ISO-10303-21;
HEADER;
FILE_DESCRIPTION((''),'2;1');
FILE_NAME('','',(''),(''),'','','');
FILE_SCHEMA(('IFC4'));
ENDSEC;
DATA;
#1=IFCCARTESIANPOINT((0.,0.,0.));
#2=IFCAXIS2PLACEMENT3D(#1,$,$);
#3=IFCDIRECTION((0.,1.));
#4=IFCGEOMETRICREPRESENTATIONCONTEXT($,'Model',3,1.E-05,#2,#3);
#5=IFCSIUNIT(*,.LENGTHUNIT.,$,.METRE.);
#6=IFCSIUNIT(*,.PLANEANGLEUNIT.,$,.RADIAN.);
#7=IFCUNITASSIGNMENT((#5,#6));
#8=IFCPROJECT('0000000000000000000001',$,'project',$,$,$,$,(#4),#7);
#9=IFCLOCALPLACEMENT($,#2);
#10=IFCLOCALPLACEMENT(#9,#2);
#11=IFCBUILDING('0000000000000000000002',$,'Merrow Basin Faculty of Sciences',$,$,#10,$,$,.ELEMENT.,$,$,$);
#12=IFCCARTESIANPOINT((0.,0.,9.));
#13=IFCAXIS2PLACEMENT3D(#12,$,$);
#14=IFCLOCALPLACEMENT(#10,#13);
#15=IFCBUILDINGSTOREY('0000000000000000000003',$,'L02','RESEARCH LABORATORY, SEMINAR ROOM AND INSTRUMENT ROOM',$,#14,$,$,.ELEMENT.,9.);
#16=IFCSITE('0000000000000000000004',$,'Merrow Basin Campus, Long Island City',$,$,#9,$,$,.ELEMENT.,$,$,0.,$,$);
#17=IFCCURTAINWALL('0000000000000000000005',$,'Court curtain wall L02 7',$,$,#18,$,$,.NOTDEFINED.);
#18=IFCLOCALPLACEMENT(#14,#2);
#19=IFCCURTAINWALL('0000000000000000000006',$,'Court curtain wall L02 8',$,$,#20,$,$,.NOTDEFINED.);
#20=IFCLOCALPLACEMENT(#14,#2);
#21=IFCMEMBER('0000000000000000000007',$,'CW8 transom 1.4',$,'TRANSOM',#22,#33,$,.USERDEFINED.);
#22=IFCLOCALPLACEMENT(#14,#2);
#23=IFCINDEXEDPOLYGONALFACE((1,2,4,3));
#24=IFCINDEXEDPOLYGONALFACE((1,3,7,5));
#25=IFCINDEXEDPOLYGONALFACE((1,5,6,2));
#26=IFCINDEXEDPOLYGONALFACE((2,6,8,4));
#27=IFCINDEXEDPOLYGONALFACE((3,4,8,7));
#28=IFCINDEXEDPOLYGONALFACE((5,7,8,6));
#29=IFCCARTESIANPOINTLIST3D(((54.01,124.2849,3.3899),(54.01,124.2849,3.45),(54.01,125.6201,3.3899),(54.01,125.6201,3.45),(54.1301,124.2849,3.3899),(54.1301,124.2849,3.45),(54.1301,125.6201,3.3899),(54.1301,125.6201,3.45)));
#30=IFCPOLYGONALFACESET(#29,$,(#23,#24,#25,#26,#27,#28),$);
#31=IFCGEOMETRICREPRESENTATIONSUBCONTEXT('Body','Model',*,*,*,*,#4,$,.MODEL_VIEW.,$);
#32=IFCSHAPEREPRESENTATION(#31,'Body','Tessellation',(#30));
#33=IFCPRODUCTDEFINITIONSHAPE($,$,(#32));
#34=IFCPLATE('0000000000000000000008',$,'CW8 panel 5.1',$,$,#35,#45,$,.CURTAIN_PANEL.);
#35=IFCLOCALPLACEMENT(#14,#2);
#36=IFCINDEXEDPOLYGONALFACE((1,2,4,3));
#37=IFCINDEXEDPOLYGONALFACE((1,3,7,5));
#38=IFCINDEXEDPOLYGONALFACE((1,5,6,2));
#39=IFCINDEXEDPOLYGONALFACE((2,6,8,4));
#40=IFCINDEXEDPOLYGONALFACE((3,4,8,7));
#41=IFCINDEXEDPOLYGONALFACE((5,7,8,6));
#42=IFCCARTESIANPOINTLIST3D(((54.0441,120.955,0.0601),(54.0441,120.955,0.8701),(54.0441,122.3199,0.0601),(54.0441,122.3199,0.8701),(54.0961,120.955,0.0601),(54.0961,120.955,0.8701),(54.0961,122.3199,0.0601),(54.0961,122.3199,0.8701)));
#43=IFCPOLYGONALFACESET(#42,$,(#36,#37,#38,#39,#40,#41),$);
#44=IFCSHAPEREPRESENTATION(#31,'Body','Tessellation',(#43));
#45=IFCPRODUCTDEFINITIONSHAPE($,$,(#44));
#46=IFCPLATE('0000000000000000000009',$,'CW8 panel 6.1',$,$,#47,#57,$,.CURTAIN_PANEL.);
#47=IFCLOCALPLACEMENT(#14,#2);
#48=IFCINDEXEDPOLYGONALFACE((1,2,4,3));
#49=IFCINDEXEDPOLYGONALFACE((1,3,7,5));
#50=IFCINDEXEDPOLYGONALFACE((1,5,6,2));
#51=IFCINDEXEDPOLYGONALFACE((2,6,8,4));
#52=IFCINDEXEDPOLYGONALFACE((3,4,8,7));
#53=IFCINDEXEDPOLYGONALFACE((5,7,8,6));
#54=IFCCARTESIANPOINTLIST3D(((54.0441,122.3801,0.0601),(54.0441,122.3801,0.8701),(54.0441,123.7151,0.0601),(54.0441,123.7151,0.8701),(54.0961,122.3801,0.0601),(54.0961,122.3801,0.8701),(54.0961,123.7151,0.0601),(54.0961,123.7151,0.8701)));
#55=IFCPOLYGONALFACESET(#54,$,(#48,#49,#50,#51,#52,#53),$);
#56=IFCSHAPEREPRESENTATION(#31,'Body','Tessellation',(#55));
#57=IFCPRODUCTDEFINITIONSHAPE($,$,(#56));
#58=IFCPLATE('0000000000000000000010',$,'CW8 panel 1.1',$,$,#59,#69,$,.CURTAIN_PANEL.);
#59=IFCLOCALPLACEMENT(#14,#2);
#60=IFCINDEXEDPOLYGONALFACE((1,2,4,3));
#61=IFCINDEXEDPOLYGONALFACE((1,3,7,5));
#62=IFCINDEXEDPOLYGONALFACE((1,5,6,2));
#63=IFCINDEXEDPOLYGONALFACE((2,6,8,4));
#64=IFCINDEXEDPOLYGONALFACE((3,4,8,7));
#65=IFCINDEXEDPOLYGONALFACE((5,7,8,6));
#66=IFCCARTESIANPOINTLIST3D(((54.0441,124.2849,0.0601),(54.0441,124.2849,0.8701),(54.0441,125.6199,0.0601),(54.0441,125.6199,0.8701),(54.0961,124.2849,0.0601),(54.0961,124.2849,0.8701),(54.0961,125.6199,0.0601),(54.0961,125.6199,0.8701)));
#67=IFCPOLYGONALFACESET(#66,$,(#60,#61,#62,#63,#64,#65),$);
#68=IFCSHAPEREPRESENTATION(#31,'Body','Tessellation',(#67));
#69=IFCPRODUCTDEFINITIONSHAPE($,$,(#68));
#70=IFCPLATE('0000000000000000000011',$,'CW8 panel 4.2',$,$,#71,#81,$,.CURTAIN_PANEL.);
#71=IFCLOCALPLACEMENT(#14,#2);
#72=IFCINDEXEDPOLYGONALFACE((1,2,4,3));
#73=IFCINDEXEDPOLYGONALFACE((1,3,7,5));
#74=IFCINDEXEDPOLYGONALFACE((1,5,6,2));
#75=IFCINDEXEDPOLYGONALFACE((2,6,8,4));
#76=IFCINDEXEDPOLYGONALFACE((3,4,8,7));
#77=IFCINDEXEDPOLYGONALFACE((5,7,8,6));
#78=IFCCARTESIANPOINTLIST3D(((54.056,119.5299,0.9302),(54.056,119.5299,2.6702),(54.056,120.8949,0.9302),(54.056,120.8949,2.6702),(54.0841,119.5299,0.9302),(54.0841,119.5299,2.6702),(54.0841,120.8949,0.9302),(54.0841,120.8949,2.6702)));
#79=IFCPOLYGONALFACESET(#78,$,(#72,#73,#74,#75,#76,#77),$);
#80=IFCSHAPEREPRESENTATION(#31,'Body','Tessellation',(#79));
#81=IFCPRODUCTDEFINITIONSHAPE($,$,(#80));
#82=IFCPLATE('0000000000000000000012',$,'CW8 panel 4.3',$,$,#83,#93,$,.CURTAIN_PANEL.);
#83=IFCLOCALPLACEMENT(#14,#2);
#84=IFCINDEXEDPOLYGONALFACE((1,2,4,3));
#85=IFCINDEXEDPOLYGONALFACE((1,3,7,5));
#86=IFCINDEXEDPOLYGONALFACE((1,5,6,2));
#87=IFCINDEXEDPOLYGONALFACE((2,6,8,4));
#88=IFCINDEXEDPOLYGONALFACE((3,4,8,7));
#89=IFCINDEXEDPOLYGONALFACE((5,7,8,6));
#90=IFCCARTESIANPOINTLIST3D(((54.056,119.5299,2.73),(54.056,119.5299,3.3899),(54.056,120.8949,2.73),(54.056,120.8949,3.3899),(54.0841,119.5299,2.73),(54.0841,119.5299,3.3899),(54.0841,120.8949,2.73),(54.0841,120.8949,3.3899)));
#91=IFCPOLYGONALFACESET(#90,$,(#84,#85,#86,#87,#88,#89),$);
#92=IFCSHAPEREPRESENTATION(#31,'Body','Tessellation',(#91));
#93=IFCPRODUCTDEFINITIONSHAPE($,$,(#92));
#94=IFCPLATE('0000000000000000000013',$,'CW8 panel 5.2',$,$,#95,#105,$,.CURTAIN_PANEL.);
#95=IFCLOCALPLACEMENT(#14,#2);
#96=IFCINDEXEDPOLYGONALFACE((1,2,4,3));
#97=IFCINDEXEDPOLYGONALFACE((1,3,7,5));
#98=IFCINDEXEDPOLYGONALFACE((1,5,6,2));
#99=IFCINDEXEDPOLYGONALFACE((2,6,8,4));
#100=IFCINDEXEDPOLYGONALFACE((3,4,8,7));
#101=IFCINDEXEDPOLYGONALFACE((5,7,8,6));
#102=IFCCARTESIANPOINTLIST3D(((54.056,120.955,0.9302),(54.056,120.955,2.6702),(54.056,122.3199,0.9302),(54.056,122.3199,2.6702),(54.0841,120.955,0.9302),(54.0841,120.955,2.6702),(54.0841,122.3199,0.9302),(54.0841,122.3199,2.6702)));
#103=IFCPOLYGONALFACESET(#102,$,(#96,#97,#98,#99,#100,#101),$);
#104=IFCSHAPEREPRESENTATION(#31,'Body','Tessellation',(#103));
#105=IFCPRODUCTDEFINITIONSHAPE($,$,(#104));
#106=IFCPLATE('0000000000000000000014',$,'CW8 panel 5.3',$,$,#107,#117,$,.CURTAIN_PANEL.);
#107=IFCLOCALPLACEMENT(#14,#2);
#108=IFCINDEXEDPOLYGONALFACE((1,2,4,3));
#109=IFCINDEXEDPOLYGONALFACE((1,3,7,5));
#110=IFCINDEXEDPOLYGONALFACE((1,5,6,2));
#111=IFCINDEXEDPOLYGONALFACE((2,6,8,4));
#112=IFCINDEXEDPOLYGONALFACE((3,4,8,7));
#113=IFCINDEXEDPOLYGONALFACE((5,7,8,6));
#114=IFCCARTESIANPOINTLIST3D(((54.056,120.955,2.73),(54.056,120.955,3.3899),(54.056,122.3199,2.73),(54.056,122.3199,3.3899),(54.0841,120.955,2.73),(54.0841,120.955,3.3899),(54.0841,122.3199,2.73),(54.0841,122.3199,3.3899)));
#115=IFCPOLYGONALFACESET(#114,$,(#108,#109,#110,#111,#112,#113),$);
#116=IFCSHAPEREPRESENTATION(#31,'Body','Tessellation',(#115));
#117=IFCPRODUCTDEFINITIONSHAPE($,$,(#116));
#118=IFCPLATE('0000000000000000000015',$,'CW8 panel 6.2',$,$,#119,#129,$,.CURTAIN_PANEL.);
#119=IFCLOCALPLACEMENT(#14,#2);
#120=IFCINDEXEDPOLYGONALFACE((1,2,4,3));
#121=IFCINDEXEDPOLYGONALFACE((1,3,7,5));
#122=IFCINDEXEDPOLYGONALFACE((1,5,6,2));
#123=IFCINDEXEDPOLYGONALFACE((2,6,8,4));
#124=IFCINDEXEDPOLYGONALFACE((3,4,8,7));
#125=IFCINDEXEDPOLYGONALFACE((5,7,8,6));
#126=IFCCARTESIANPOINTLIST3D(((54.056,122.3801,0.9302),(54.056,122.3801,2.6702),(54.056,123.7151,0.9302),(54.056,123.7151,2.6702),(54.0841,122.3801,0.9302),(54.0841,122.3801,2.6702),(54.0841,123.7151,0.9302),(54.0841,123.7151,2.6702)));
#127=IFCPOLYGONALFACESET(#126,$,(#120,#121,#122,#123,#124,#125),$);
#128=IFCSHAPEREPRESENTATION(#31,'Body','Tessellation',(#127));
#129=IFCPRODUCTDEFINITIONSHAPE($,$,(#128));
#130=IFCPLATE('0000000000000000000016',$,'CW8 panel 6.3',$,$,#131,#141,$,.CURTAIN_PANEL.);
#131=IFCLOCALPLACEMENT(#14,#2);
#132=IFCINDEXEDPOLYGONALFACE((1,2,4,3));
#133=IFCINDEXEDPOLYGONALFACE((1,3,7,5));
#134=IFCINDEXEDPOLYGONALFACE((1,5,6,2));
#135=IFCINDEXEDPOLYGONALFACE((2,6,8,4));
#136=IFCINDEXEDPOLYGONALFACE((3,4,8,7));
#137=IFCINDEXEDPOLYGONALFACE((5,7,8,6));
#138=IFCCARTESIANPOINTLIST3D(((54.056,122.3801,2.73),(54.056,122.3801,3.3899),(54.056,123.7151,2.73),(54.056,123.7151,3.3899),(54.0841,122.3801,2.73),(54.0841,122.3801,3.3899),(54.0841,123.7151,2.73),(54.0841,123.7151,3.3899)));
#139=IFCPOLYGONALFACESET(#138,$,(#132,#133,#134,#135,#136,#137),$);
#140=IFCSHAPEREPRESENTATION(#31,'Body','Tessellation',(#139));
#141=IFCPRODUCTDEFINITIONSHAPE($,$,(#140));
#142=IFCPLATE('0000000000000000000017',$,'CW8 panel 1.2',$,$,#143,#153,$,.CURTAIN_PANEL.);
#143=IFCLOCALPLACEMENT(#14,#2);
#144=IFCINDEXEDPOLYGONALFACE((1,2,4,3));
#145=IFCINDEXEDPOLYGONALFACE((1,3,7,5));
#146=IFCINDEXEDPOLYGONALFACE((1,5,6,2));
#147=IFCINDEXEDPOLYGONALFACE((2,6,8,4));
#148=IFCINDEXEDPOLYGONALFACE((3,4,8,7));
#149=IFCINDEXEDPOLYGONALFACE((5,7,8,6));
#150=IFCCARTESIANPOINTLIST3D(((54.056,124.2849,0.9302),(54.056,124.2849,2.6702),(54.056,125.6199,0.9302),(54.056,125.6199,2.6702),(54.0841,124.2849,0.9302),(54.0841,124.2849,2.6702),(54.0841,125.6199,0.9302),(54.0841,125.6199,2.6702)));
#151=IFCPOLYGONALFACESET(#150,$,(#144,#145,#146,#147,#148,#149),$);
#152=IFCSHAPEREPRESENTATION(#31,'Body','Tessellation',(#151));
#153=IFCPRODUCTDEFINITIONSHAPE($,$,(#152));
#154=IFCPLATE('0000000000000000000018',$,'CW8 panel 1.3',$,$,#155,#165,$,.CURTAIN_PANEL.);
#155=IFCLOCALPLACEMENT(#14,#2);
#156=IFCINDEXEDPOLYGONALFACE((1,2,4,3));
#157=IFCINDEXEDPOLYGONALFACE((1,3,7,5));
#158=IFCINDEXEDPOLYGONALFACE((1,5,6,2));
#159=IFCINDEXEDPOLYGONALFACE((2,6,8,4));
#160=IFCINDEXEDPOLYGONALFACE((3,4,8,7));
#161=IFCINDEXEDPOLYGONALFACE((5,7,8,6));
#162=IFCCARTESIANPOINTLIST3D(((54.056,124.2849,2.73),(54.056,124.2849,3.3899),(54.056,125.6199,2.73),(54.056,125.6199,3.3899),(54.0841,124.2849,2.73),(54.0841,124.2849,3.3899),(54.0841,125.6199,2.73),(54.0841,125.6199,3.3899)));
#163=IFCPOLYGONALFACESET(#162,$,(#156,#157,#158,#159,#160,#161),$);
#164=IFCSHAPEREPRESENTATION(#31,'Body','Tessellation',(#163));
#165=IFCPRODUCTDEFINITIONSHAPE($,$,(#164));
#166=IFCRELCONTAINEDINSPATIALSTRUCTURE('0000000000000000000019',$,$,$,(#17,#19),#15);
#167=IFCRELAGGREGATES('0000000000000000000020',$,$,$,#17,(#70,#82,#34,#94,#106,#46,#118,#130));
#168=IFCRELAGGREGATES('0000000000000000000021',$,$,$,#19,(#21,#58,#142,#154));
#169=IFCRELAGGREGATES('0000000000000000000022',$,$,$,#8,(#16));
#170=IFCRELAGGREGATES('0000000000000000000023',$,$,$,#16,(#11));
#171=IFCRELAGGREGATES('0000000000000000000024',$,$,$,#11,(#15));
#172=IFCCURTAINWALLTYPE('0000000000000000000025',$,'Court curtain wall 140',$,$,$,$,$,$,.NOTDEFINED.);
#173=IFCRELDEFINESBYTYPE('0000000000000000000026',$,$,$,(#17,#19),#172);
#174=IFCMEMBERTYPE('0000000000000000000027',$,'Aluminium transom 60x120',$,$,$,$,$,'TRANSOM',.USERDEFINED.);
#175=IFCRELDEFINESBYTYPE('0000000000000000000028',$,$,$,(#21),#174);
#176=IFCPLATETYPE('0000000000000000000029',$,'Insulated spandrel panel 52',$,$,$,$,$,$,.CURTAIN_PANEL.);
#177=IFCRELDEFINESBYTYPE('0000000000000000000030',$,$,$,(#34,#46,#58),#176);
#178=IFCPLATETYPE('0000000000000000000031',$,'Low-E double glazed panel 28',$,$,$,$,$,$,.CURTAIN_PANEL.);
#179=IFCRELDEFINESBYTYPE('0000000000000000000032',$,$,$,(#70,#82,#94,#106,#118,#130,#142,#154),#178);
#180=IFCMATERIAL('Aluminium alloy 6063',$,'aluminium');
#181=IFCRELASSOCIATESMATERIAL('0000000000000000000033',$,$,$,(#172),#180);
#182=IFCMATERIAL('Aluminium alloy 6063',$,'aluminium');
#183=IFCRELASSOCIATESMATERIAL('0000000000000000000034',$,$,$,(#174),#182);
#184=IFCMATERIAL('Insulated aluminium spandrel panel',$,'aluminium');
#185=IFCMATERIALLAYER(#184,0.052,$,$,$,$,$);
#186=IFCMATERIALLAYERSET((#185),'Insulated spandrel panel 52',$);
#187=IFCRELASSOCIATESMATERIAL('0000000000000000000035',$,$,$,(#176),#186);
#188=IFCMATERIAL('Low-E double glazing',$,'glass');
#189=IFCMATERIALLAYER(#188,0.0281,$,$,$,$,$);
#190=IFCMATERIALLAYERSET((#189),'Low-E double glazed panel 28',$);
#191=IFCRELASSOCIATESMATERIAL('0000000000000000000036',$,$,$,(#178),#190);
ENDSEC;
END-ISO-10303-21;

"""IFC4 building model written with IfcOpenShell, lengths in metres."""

from ifc_helpers import new_model, si_unit, direction, frame, origin, origin_2d, place, context, subcontext, project, spatial, rectangle, extrude, material, layer, layer_set, material_profile, profile_set, type_object, element, aggregate, save


model = new_model("IFC4")

# Units and contexts
model_context = context("Model", 3, precision=1e-05, world=origin(), true_north=direction((0.0, 1.0)))
body_context = subcontext(model_context, "Body", "Model", "MODEL_VIEW")
ifc_project = project(units=[si_unit("LENGTHUNIT", "METRE"), si_unit("PLANEANGLEUNIT", "RADIAN")], contexts=[model_context])

# Site, building, storey
site_placement = place(None, origin())
site = spatial("IfcSite", under=ifc_project, at=site_placement, Name="Merrow Basin Campus, Long Island City", CompositionType="ELEMENT", RefElevation=0.0)
building_placement = place(site_placement, origin())
building = spatial("IfcBuilding", under=site, at=building_placement, Name="Merrow Basin Faculty of Sciences", CompositionType="ELEMENT")
storey_placement = place(building_placement, frame((0.0, 0.0, 9.0)))
storey = spatial("IfcBuildingStorey", under=building, at=storey_placement, Name="L02", Description="RESEARCH LABORATORY, SEMINAR ROOM AND INSTRUMENT ROOM", CompositionType="ELEMENT", Elevation=9.0)

# Curtain wall
ifc_material_1 = material(Name="Aluminium alloy 6063", Category="aluminium")
curtain_wall_type = type_object("IfcCurtainWallType", Name="Court curtain wall 140", PredefinedType="NOTDEFINED", material=ifc_material_1)
curtain_wall_1_placement = place(storey_placement, origin())
curtain_wall_1 = element("IfcCurtainWall", 1, at=curtain_wall_1_placement, inside=storey, type_object=curtain_wall_type, Name="Court curtain wall L02 7", PredefinedType="NOTDEFINED")

# Curtain wall
curtain_wall_2_placement = place(storey_placement, origin())
curtain_wall_2 = element("IfcCurtainWall", 2, at=curtain_wall_2_placement, inside=storey, type_object=curtain_wall_type, Name="Court curtain wall L02 8", PredefinedType="NOTDEFINED")

# Member
ifc_material_2 = material(Name="Aluminium alloy 6063", Category="aluminium")
ifc_material_profile_1 = material_profile(ifc_material_2, rectangle(XDim=0.1201, YDim=0.0601, at=origin_2d()))
ifc_profile_set_1 = profile_set([ifc_material_profile_1], Name="Aluminium alloy 6063")
member_type_1 = type_object("IfcMemberType", Name="Aluminium transom 60x120", ElementType="TRANSOM", PredefinedType="USERDEFINED", material=ifc_profile_set_1)
member_1_placement = place(storey_placement, frame((54.0701, 124.2849, 3.4199), z_axis=(0.0, 1.0, 0.0), x_axis=(-1.0, 0.0, 0.0)))
member_1 = element("IfcMember", 3, at=member_1_placement, type_object=member_type_1, Name="CW8 transom 1.4", ObjectType="TRANSOM", PredefinedType="USERDEFINED", context=body_context, shape_type="SweptSolid", body=[
    extrude(rectangle(XDim=0.1201, YDim=0.0601, at=origin_2d()), origin(), (0.0, 0.0, 1.0), 1.3352),
])

# Plates
ifc_material_3 = material(Name="Insulated aluminium spandrel panel", Category="aluminium")
ifc_layer_1 = layer(ifc_material_3, 0.052)
ifc_layer_set_1 = layer_set([ifc_layer_1], Name="Insulated spandrel panel 52")
plate_type_1 = type_object("IfcPlateType", Name="Insulated spandrel panel 52", PredefinedType="CURTAIN_PANEL", material=ifc_layer_set_1)
plate_1_placement = place(storey_placement, frame((54.0701, 121.6375, 0.0601), z_axis=(0.0, 0.0, 1.0), x_axis=(0.0, 1.0, 0.0)))
plate_1 = element("IfcPlate", 4, at=plate_1_placement, type_object=plate_type_1, Name="CW8 panel 5.1", PredefinedType="CURTAIN_PANEL", context=body_context, shape_type="SweptSolid", body=[
    extrude(rectangle(XDim=1.365, YDim=0.052, at=origin_2d()), origin(), (0.0, 0.0, 1.0), 0.8101),
])
plate_2_placement = place(storey_placement, frame((54.0701, 123.0476, 0.0601), z_axis=(0.0, 0.0, 1.0), x_axis=(0.0, 1.0, 0.0)))
plate_2 = element("IfcPlate", 5, at=plate_2_placement, type_object=plate_type_1, Name="CW8 panel 6.1", PredefinedType="CURTAIN_PANEL", context=body_context, shape_type="SweptSolid", body=[
    extrude(rectangle(XDim=1.335, YDim=0.052, at=origin_2d()), origin(), (0.0, 0.0, 1.0), 0.8101),
])
plate_3_placement = place(storey_placement, frame((54.0701, 124.9524, 0.0601), z_axis=(0.0, 0.0, 1.0), x_axis=(0.0, 1.0, 0.0)))
plate_3 = element("IfcPlate", 6, at=plate_3_placement, type_object=plate_type_1, Name="CW8 panel 1.1", PredefinedType="CURTAIN_PANEL", context=body_context, shape_type="SweptSolid", body=[
    extrude(rectangle(XDim=1.335, YDim=0.052, at=origin_2d()), origin(), (0.0, 0.0, 1.0), 0.8101),
])
ifc_material_4 = material(Name="Low-E double glazing", Category="glass")
ifc_layer_2 = layer(ifc_material_4, 0.0281)
ifc_layer_set_2 = layer_set([ifc_layer_2], Name="Low-E double glazed panel 28")
plate_type_2 = type_object("IfcPlateType", Name="Low-E double glazed panel 28", PredefinedType="CURTAIN_PANEL", material=ifc_layer_set_2)
plate_4_placement = place(storey_placement, frame((54.0701, 120.2124, 0.9302), z_axis=(0.0, 0.0, 1.0), x_axis=(0.0, 1.0, 0.0)))
plate_4 = element("IfcPlate", 7, at=plate_4_placement, type_object=plate_type_2, Name="CW8 panel 4.2", PredefinedType="CURTAIN_PANEL", context=body_context, shape_type="SweptSolid", body=[
    extrude(rectangle(XDim=1.365, YDim=0.0281, at=origin_2d()), origin(), (0.0, 0.0, 1.0), 1.74),
])
plate_5_placement = place(storey_placement, frame((54.0701, 120.2124, 2.73), z_axis=(0.0, 0.0, 1.0), x_axis=(0.0, 1.0, 0.0)))
plate_5 = element("IfcPlate", 8, at=plate_5_placement, type_object=plate_type_2, Name="CW8 panel 4.3", PredefinedType="CURTAIN_PANEL", context=body_context, shape_type="SweptSolid", body=[
    extrude(rectangle(XDim=1.365, YDim=0.0281, at=origin_2d()), origin(), (0.0, 0.0, 1.0), 0.6599),
])
plate_6_placement = place(storey_placement, frame((54.0701, 121.6375, 0.9302), z_axis=(0.0, 0.0, 1.0), x_axis=(0.0, 1.0, 0.0)))
plate_6 = element("IfcPlate", 9, at=plate_6_placement, type_object=plate_type_2, Name="CW8 panel 5.2", PredefinedType="CURTAIN_PANEL", context=body_context, shape_type="SweptSolid", body=[
    extrude(rectangle(XDim=1.365, YDim=0.0281, at=origin_2d()), origin(), (0.0, 0.0, 1.0), 1.74),
])
plate_7_placement = place(storey_placement, frame((54.0701, 121.6375, 2.73), z_axis=(0.0, 0.0, 1.0), x_axis=(0.0, 1.0, 0.0)))
plate_7 = element("IfcPlate", 10, at=plate_7_placement, type_object=plate_type_2, Name="CW8 panel 5.3", PredefinedType="CURTAIN_PANEL", context=body_context, shape_type="SweptSolid", body=[
    extrude(rectangle(XDim=1.365, YDim=0.0281, at=origin_2d()), origin(), (0.0, 0.0, 1.0), 0.6599),
])
plate_8_placement = place(storey_placement, frame((54.0701, 123.0476, 0.9302), z_axis=(0.0, 0.0, 1.0), x_axis=(0.0, 1.0, 0.0)))
plate_8 = element("IfcPlate", 11, at=plate_8_placement, type_object=plate_type_2, Name="CW8 panel 6.2", PredefinedType="CURTAIN_PANEL", context=body_context, shape_type="SweptSolid", body=[
    extrude(rectangle(XDim=1.335, YDim=0.0281, at=origin_2d()), origin(), (0.0, 0.0, 1.0), 1.74),
])
plate_9_placement = place(storey_placement, frame((54.0701, 123.0476, 2.73), z_axis=(0.0, 0.0, 1.0), x_axis=(0.0, 1.0, 0.0)))
plate_9 = element("IfcPlate", 12, at=plate_9_placement, type_object=plate_type_2, Name="CW8 panel 6.3", PredefinedType="CURTAIN_PANEL", context=body_context, shape_type="SweptSolid", body=[
    extrude(rectangle(XDim=1.335, YDim=0.0281, at=origin_2d()), origin(), (0.0, 0.0, 1.0), 0.6599),
])
aggregate(curtain_wall_1, [plate_4, plate_5, plate_1, plate_6, plate_7, plate_2, plate_8, plate_9])
plate_10_placement = place(storey_placement, frame((54.0701, 124.9524, 0.9302), z_axis=(0.0, 0.0, 1.0), x_axis=(0.0, 1.0, 0.0)))
plate_10 = element("IfcPlate", 13, at=plate_10_placement, type_object=plate_type_2, Name="CW8 panel 1.2", PredefinedType="CURTAIN_PANEL", context=body_context, shape_type="SweptSolid", body=[
    extrude(rectangle(XDim=1.335, YDim=0.0281, at=origin_2d()), origin(), (0.0, 0.0, 1.0), 1.74),
])
plate_11_placement = place(storey_placement, frame((54.0701, 124.9524, 2.73), z_axis=(0.0, 0.0, 1.0), x_axis=(0.0, 1.0, 0.0)))
plate_11 = element("IfcPlate", 14, at=plate_11_placement, type_object=plate_type_2, Name="CW8 panel 1.3", PredefinedType="CURTAIN_PANEL", context=body_context, shape_type="SweptSolid", body=[
    extrude(rectangle(XDim=1.335, YDim=0.0281, at=origin_2d()), origin(), (0.0, 0.0, 1.0), 0.6599),
])
aggregate(curtain_wall_2, [member_1, plate_3, plate_10, plate_11])

save(model, "model.ifc")
